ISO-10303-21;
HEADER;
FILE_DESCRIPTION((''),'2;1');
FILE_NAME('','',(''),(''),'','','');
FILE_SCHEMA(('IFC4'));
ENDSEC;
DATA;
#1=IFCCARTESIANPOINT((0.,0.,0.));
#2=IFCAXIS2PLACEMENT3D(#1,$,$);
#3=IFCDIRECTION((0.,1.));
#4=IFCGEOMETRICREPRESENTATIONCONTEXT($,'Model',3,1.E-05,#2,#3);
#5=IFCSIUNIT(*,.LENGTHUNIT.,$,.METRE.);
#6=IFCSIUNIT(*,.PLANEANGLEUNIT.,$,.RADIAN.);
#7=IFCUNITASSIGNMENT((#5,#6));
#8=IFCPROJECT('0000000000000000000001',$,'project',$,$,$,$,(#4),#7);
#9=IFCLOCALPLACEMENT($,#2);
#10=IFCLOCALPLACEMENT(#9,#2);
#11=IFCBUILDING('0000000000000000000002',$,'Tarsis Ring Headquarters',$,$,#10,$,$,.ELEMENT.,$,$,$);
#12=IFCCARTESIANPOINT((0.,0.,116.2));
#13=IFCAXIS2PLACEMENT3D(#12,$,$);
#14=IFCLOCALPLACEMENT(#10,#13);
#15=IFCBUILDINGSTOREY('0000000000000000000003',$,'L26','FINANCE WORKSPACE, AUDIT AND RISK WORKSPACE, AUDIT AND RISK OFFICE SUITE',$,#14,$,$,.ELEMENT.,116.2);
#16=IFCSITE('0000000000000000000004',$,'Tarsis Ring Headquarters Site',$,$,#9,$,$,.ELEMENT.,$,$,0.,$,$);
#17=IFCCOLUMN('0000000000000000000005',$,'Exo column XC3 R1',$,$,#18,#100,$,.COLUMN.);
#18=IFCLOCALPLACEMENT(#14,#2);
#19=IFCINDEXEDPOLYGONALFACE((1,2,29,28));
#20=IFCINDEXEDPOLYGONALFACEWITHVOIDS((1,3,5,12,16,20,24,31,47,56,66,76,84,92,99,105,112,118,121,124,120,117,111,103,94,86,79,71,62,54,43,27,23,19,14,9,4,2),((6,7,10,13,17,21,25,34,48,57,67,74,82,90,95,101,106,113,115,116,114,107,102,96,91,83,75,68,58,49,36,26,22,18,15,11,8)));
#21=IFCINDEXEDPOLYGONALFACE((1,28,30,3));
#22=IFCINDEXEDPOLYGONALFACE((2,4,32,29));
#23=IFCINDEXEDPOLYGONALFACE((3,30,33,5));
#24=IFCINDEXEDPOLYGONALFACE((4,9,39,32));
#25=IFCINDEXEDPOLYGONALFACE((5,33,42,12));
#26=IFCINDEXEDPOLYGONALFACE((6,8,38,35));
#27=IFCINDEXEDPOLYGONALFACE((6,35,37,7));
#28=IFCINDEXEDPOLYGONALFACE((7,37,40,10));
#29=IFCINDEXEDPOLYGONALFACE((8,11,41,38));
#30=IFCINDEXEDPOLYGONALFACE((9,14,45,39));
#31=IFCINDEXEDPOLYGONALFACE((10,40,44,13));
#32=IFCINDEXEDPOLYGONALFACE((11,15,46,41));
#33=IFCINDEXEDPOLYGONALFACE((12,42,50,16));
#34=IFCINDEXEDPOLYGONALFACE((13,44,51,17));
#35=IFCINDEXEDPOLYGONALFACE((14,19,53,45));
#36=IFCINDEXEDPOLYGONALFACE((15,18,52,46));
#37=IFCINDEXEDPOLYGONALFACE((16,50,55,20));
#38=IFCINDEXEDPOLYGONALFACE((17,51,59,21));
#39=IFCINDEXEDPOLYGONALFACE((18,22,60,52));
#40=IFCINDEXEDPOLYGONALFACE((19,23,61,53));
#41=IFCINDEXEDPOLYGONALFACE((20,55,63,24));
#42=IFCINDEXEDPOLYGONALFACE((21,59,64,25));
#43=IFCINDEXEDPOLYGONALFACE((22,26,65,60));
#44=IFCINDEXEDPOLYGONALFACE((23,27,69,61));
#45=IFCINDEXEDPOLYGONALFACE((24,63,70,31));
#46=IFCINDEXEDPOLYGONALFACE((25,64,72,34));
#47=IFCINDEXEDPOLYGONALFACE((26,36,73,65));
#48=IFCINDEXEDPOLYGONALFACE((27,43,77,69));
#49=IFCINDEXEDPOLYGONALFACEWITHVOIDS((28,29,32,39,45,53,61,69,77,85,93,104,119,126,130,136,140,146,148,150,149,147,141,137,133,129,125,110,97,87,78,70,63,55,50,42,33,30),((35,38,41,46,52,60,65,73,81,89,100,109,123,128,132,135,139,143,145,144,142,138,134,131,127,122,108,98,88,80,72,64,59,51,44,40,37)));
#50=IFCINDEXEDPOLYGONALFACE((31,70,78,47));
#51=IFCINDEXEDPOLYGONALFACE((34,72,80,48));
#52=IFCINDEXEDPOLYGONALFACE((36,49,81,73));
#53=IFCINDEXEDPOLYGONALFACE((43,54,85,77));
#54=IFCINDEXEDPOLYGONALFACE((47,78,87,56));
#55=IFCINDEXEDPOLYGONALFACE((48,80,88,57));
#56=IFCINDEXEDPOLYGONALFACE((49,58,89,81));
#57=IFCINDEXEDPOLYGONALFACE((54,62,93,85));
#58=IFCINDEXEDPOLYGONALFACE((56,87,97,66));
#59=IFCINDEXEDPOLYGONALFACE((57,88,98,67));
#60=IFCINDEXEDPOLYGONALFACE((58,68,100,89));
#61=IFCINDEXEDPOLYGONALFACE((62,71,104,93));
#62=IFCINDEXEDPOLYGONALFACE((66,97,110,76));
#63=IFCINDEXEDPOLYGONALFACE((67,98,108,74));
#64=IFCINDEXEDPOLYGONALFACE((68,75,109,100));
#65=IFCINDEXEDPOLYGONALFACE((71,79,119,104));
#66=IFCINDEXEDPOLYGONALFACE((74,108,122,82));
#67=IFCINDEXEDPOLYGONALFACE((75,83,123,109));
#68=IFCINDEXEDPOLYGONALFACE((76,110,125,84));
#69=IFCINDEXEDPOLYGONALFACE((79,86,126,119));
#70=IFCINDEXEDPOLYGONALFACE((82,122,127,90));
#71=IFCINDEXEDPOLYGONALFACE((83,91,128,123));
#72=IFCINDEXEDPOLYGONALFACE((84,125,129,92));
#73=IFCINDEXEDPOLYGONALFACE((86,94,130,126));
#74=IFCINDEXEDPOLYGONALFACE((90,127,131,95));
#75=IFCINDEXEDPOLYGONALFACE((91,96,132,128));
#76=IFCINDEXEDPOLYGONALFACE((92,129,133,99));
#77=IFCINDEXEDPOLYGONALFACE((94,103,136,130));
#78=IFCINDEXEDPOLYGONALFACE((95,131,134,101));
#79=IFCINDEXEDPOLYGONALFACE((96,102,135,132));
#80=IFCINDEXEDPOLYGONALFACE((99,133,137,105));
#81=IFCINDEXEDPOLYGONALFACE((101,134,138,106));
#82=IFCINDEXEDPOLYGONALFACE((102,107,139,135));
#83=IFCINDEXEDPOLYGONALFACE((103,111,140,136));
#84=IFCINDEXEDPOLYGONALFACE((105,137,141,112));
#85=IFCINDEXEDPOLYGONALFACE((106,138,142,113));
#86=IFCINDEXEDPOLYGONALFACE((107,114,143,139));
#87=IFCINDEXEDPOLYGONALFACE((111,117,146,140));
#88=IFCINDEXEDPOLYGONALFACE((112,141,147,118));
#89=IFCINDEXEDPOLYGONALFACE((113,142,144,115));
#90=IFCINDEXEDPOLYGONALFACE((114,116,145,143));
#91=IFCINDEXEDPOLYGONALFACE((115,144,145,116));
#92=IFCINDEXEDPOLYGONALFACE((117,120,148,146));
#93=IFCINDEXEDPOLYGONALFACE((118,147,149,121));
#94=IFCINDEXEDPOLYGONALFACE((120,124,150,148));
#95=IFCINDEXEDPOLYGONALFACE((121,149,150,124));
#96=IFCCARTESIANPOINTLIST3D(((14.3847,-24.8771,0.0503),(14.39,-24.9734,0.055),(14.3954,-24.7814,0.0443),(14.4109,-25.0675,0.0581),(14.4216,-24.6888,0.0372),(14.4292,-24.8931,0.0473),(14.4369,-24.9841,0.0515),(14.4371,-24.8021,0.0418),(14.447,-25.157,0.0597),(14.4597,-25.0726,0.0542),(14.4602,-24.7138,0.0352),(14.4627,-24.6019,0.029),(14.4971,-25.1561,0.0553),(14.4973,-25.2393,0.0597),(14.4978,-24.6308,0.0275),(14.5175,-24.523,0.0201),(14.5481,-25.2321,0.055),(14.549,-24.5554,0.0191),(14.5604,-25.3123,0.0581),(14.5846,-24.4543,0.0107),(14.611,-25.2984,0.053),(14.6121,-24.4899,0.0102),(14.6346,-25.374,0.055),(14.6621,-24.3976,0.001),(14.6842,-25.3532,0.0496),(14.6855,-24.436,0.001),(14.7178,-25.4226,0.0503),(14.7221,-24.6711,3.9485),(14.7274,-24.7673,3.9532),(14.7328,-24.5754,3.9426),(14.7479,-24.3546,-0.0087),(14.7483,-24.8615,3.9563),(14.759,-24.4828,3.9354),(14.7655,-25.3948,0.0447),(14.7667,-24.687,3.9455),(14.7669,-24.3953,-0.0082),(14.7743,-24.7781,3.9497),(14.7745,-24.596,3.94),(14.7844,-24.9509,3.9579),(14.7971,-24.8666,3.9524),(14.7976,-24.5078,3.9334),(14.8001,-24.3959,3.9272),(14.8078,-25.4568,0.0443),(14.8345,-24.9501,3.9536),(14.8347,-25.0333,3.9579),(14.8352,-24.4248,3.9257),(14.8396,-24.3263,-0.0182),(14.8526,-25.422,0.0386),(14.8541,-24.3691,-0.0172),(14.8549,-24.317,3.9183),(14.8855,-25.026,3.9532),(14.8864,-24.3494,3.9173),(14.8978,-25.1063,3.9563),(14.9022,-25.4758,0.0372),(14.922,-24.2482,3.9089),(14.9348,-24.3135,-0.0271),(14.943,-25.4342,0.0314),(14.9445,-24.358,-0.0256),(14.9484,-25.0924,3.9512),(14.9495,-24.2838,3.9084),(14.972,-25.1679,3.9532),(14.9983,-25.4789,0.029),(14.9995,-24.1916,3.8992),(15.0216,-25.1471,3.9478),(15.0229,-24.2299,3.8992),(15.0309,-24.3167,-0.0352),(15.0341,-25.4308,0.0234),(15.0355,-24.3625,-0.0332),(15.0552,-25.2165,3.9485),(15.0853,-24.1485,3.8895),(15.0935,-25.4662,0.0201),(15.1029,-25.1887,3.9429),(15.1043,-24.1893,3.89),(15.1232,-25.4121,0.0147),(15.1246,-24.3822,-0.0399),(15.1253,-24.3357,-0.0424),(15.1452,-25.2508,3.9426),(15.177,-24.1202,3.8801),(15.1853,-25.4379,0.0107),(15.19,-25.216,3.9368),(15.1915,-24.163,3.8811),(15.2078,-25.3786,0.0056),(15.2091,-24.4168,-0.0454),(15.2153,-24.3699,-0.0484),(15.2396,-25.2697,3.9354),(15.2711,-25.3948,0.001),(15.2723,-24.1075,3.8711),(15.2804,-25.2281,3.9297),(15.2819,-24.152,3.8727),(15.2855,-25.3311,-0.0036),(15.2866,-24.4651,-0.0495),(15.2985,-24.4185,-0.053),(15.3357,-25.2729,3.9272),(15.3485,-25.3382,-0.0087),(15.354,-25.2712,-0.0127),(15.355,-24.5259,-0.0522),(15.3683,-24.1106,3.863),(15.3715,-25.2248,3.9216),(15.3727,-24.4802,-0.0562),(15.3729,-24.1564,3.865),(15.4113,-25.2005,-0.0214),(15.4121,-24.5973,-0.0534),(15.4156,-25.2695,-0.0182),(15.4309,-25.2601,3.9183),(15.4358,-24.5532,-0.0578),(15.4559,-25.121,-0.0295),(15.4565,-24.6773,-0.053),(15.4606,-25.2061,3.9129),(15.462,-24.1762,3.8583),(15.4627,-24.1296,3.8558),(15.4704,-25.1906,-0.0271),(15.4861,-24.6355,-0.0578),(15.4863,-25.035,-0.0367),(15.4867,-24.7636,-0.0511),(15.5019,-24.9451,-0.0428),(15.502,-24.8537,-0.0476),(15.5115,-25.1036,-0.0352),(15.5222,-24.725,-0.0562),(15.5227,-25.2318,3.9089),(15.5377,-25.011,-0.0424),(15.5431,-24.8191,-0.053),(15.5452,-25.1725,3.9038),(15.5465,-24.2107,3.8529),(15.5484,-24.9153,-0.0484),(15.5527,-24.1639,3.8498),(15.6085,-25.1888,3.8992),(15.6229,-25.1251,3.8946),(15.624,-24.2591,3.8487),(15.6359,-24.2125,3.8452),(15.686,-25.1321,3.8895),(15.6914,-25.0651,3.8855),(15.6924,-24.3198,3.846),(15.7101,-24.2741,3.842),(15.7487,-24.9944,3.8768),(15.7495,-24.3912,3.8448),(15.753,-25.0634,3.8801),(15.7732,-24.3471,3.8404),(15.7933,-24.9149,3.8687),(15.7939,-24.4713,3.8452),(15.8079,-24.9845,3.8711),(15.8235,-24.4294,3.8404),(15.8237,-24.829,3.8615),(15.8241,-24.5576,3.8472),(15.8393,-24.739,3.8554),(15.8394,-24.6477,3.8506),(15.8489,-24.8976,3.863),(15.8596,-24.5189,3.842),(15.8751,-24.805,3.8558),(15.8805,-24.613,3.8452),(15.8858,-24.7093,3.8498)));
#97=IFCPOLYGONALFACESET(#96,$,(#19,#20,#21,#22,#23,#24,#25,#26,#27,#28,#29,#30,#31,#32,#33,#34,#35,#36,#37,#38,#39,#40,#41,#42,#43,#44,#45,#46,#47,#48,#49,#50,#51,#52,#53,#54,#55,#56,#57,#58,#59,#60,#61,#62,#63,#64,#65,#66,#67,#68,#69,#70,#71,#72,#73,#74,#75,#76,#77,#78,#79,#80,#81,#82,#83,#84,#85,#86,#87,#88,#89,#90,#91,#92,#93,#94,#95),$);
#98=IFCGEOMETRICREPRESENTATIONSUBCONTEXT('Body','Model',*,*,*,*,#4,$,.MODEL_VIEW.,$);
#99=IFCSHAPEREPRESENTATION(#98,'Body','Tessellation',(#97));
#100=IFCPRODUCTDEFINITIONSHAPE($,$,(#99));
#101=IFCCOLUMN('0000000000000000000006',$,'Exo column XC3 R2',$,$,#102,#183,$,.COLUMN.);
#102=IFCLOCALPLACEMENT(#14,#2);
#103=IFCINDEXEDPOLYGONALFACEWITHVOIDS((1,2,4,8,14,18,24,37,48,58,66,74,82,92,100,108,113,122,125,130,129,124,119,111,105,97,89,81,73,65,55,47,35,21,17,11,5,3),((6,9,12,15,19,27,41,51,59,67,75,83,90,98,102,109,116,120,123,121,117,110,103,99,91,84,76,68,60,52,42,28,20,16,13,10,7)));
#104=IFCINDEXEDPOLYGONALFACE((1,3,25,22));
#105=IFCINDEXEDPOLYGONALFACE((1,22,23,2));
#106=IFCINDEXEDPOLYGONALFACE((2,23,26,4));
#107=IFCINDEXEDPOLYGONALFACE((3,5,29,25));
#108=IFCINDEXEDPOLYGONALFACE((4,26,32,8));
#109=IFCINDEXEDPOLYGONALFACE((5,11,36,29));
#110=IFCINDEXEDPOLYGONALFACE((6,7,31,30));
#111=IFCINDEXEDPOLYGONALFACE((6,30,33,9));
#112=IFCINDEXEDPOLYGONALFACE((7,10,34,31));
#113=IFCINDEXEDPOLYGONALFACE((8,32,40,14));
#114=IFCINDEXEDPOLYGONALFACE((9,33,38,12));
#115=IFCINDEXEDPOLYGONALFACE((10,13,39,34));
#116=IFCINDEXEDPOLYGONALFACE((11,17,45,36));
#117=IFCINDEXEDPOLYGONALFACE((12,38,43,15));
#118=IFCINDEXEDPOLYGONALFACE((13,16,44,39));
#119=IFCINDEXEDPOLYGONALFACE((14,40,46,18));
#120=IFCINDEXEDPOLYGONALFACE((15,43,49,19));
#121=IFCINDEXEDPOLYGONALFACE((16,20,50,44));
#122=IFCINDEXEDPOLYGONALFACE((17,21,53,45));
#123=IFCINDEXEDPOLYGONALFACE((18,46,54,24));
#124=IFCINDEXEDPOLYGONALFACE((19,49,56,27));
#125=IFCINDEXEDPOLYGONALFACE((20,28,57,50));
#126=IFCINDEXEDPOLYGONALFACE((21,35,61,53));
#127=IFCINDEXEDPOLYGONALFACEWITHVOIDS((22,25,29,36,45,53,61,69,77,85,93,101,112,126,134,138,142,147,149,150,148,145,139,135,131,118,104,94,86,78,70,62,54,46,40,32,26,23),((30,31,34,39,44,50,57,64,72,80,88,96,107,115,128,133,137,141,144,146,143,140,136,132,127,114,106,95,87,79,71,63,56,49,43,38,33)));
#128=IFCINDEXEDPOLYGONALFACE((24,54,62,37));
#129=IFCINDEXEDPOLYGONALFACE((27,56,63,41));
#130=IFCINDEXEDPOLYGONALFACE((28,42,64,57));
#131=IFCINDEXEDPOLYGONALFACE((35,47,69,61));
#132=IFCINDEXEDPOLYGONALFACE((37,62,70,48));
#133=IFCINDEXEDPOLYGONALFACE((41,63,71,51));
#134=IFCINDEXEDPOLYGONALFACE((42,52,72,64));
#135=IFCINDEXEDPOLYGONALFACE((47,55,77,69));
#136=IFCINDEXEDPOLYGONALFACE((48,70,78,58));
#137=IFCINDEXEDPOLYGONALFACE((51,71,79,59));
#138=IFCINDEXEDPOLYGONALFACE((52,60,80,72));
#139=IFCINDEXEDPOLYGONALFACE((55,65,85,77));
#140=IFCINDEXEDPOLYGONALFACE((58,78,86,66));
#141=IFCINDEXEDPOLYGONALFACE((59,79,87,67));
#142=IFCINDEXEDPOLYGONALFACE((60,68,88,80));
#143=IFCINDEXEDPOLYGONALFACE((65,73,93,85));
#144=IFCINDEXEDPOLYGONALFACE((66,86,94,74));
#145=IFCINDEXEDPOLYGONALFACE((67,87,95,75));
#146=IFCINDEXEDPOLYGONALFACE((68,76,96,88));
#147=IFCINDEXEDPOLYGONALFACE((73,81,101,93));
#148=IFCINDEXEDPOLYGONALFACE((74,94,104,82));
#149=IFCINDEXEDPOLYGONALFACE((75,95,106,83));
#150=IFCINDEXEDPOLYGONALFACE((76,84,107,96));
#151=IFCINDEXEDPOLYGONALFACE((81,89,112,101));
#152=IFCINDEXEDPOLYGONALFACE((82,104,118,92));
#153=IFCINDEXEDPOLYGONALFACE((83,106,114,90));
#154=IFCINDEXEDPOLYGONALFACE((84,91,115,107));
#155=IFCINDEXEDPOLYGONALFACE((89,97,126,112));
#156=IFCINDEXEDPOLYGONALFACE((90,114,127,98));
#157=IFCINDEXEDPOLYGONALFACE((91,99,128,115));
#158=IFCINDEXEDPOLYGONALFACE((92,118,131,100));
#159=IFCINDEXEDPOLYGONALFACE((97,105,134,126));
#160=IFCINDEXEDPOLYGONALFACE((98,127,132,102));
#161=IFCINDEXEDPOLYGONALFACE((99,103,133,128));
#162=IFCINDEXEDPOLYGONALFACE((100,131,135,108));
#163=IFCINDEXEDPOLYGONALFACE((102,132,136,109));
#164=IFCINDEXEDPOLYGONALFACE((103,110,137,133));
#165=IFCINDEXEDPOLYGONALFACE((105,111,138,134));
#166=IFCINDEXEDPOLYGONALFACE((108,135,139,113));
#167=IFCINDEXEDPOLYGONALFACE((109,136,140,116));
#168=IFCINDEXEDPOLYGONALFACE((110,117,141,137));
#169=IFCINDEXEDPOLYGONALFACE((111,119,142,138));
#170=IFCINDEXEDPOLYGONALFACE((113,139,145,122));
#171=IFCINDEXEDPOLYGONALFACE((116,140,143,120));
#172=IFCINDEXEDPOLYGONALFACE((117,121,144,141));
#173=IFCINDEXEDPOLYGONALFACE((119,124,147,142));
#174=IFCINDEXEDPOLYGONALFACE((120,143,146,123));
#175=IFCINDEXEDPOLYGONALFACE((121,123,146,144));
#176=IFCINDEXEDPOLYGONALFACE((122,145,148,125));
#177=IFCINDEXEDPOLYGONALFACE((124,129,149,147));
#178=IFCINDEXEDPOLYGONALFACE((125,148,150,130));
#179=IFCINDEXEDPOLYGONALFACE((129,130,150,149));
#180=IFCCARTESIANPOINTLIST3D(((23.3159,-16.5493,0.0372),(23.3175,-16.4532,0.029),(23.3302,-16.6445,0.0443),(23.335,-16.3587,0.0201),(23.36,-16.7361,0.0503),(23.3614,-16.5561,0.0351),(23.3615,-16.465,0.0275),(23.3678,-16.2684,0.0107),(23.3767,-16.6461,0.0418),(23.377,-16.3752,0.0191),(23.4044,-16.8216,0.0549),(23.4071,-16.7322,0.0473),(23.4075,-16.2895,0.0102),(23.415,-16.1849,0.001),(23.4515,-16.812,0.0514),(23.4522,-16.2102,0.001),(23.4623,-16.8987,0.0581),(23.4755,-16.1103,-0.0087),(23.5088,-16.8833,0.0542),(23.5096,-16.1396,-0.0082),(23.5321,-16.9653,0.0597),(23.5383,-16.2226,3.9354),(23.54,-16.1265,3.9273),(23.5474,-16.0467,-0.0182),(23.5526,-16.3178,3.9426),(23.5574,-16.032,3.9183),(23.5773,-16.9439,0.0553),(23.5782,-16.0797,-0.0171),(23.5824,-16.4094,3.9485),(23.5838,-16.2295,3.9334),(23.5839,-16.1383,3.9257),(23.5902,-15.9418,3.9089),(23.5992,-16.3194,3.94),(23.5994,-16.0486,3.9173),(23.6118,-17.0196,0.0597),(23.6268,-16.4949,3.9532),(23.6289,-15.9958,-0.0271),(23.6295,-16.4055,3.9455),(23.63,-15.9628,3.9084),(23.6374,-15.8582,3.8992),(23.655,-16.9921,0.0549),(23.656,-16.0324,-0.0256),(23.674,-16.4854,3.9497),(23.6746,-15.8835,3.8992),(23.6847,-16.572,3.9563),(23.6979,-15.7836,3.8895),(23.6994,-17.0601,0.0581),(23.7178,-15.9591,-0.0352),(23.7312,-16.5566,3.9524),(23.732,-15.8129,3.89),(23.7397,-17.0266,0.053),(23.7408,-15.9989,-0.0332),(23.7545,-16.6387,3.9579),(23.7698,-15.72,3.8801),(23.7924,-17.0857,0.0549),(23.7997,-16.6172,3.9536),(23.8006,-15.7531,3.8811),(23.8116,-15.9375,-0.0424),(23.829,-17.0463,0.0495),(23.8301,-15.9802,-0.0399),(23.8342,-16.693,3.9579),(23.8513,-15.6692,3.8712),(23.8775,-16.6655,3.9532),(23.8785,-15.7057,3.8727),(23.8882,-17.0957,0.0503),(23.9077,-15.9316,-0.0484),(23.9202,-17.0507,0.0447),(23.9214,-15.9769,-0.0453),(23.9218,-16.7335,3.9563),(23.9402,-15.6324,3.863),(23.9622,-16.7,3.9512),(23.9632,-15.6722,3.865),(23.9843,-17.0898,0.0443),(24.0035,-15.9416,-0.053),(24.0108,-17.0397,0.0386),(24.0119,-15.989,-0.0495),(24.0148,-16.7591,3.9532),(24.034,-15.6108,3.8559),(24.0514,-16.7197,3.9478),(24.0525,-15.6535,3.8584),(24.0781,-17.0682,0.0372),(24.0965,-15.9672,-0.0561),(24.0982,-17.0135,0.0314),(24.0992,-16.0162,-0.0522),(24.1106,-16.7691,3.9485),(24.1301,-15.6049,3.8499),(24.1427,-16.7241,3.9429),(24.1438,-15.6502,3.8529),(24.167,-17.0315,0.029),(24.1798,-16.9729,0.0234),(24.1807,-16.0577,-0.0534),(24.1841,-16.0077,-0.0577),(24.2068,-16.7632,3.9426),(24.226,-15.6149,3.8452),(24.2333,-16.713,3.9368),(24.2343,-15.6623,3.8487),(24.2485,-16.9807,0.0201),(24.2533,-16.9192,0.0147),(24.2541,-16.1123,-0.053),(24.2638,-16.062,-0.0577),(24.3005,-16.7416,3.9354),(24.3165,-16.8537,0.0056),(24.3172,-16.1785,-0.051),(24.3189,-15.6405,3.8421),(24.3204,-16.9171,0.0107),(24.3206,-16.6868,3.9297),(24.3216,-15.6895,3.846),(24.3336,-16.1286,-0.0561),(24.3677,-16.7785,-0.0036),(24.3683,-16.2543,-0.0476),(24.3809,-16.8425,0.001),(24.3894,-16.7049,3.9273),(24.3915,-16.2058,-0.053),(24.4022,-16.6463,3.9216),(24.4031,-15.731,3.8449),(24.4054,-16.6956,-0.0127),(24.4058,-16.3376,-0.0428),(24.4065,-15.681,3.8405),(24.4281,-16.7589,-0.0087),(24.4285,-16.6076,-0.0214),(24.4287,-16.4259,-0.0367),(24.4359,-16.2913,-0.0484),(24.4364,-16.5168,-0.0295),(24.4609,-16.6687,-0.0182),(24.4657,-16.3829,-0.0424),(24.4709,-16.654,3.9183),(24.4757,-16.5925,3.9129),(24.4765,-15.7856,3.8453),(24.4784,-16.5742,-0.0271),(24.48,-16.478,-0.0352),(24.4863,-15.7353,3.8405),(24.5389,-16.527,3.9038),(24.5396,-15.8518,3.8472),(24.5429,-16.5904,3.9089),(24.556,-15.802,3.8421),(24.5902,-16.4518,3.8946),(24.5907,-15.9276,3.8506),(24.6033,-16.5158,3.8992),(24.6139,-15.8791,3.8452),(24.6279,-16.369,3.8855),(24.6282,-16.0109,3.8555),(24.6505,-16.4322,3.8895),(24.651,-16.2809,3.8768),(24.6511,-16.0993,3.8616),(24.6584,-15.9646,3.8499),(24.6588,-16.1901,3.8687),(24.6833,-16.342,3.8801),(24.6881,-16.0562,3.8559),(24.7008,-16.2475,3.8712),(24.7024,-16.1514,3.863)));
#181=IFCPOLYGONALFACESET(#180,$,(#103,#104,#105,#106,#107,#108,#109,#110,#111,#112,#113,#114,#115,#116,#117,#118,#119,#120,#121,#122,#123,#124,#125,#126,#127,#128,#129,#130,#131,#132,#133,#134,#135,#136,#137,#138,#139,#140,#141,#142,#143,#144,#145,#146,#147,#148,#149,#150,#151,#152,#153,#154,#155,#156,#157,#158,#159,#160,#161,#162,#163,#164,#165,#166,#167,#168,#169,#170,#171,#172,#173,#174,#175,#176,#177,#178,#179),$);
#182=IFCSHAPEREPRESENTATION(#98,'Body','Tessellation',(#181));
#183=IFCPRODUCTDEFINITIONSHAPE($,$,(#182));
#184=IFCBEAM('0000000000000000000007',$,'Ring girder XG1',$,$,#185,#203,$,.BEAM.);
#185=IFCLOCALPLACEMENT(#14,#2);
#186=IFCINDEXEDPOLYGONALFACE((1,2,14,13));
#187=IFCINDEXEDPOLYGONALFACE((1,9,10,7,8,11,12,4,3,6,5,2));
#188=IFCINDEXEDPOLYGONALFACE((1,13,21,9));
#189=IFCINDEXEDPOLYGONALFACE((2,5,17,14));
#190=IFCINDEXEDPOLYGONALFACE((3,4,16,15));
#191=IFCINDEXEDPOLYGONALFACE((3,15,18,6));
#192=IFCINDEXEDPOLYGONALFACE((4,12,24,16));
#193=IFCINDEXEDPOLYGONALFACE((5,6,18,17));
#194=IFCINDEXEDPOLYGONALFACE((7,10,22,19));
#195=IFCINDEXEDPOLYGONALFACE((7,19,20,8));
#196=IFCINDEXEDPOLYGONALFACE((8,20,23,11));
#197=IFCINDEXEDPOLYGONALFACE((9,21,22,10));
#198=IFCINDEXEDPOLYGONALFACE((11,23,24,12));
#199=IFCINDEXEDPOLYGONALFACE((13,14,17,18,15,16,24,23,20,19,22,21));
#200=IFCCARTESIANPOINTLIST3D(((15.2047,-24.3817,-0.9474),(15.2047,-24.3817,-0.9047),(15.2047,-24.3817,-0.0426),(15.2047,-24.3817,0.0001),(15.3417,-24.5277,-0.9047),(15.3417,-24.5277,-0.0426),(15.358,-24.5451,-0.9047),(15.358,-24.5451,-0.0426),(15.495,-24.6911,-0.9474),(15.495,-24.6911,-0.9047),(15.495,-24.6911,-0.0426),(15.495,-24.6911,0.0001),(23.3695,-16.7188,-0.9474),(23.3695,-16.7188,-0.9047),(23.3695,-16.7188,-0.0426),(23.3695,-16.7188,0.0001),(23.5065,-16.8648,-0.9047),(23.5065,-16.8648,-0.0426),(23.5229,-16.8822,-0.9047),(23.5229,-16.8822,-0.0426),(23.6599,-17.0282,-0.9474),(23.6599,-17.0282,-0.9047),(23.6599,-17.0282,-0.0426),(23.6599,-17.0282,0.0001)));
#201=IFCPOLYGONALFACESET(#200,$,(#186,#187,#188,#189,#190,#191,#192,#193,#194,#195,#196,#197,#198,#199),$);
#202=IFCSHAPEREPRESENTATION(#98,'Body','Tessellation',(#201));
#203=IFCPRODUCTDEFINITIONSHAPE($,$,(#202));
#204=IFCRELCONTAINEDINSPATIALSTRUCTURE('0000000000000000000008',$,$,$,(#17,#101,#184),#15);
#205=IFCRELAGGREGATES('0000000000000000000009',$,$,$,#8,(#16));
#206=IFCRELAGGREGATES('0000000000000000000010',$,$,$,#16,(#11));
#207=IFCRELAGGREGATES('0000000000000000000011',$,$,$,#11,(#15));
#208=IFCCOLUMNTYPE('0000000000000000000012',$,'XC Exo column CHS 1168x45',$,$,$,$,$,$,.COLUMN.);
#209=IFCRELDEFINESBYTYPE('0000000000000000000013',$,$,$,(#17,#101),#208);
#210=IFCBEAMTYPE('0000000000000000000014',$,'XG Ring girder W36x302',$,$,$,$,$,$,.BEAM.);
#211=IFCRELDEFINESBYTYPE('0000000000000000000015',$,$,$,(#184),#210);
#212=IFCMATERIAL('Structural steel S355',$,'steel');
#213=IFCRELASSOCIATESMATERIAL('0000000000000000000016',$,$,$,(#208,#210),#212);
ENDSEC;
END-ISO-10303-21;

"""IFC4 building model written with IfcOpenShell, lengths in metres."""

from ifc_helpers import new_model, si_unit, direction, frame, origin, origin_2d, place, context, subcontext, project, spatial, hollow_circle, i_section, extrude, material, material_profile, profile_set, type_object, element, save


model = new_model("IFC4")

# Units and contexts
model_context = context("Model", 3, precision=1e-05, world=origin(), true_north=direction((0.0, 1.0)))
body_context = subcontext(model_context, "Body", "Model", "MODEL_VIEW")
ifc_project = project(units=[si_unit("LENGTHUNIT", "METRE"), si_unit("PLANEANGLEUNIT", "RADIAN")], contexts=[model_context])

# Site, building, storey
site_placement = place(None, origin())
site = spatial("IfcSite", under=ifc_project, at=site_placement, Name="Tarsis Ring Headquarters Site", CompositionType="ELEMENT", RefElevation=0.0)
building_placement = place(site_placement, origin())
building = spatial("IfcBuilding", under=site, at=building_placement, Name="Tarsis Ring Headquarters", CompositionType="ELEMENT")
storey_placement = place(building_placement, frame((0.0, 0.0, 116.2)))
storey = spatial("IfcBuildingStorey", under=building, at=storey_placement, Name="L26", Description="FINANCE WORKSPACE, AUDIT AND RISK WORKSPACE, AUDIT AND RISK OFFICE SUITE", CompositionType="ELEMENT", Elevation=116.2)

# Columns
ifc_material_1 = material(Name="Structural steel S355", Category="steel")
ifc_material_profile_1 = material_profile(ifc_material_1, hollow_circle(Radius=0.5842, WallThickness=0.0449, at=origin_2d()), Name="CHS 1168x45")
ifc_profile_set_1 = profile_set([ifc_material_profile_1], Name="Structural steel S355")
column_type = type_object("IfcColumnType", Name="XC Exo column CHS 1168x45", PredefinedType="COLUMN", material=ifc_profile_set_1)
for number, where, z_axis, x_axis, name in (
    (1, (14.9666, -24.8962, 0.001), (0.086112, 0.052589, 0.994897), (-0.5212, 0.853434, 0.0), "Exo column XC3 R1"),
    (2, (23.8979, -16.5137, 0.001), (0.056764, 0.083371, 0.994901), (-0.826593, 0.5628, 0.0), "Exo column XC3 R2"),
):
    element("IfcColumn", number, at=place(storey_placement, frame(where, z_axis=z_axis, x_axis=x_axis)), inside=storey, type_object=column_type, Name=name, PredefinedType="COLUMN", context=body_context, shape_type="SweptSolid", body=[
        extrude(hollow_circle(Radius=0.5842, WallThickness=0.0449, at=origin_2d()), origin(), (0.0, 0.0, 1.0), 3.9182),
    ])

# Beam
ifc_material_profile_2 = material_profile(ifc_material_1, i_section(OverallWidth=0.4243, OverallDepth=0.9475, WebThickness=0.0239, FlangeThickness=0.0427, at=origin_2d()), Name="W36x302")
ifc_profile_set_2 = profile_set([ifc_material_profile_2], Name="Structural steel S355")
beam_type = type_object("IfcBeamType", Name="XG Ring girder W36x302", PredefinedType="BEAM", material=ifc_profile_set_2)
beam_1_placement = place(storey_placement, frame((15.3499, -24.5364, -0.4736), z_axis=(0.729165, 0.684338, 0.0), x_axis=(-0.684338, 0.729165, 0.0)))
element("IfcBeam", 3, at=beam_1_placement, inside=storey, type_object=beam_type, Name="Ring girder XG1", PredefinedType="BEAM", context=body_context, shape_type="SweptSolid", body=[
    extrude(i_section(OverallWidth=0.4243, OverallDepth=0.9475, WebThickness=0.0239, FlangeThickness=0.0427, at=origin_2d()), origin(), (0.0, 0.0, 1.0), 11.1975),
])

save(model, "model.ifc")
